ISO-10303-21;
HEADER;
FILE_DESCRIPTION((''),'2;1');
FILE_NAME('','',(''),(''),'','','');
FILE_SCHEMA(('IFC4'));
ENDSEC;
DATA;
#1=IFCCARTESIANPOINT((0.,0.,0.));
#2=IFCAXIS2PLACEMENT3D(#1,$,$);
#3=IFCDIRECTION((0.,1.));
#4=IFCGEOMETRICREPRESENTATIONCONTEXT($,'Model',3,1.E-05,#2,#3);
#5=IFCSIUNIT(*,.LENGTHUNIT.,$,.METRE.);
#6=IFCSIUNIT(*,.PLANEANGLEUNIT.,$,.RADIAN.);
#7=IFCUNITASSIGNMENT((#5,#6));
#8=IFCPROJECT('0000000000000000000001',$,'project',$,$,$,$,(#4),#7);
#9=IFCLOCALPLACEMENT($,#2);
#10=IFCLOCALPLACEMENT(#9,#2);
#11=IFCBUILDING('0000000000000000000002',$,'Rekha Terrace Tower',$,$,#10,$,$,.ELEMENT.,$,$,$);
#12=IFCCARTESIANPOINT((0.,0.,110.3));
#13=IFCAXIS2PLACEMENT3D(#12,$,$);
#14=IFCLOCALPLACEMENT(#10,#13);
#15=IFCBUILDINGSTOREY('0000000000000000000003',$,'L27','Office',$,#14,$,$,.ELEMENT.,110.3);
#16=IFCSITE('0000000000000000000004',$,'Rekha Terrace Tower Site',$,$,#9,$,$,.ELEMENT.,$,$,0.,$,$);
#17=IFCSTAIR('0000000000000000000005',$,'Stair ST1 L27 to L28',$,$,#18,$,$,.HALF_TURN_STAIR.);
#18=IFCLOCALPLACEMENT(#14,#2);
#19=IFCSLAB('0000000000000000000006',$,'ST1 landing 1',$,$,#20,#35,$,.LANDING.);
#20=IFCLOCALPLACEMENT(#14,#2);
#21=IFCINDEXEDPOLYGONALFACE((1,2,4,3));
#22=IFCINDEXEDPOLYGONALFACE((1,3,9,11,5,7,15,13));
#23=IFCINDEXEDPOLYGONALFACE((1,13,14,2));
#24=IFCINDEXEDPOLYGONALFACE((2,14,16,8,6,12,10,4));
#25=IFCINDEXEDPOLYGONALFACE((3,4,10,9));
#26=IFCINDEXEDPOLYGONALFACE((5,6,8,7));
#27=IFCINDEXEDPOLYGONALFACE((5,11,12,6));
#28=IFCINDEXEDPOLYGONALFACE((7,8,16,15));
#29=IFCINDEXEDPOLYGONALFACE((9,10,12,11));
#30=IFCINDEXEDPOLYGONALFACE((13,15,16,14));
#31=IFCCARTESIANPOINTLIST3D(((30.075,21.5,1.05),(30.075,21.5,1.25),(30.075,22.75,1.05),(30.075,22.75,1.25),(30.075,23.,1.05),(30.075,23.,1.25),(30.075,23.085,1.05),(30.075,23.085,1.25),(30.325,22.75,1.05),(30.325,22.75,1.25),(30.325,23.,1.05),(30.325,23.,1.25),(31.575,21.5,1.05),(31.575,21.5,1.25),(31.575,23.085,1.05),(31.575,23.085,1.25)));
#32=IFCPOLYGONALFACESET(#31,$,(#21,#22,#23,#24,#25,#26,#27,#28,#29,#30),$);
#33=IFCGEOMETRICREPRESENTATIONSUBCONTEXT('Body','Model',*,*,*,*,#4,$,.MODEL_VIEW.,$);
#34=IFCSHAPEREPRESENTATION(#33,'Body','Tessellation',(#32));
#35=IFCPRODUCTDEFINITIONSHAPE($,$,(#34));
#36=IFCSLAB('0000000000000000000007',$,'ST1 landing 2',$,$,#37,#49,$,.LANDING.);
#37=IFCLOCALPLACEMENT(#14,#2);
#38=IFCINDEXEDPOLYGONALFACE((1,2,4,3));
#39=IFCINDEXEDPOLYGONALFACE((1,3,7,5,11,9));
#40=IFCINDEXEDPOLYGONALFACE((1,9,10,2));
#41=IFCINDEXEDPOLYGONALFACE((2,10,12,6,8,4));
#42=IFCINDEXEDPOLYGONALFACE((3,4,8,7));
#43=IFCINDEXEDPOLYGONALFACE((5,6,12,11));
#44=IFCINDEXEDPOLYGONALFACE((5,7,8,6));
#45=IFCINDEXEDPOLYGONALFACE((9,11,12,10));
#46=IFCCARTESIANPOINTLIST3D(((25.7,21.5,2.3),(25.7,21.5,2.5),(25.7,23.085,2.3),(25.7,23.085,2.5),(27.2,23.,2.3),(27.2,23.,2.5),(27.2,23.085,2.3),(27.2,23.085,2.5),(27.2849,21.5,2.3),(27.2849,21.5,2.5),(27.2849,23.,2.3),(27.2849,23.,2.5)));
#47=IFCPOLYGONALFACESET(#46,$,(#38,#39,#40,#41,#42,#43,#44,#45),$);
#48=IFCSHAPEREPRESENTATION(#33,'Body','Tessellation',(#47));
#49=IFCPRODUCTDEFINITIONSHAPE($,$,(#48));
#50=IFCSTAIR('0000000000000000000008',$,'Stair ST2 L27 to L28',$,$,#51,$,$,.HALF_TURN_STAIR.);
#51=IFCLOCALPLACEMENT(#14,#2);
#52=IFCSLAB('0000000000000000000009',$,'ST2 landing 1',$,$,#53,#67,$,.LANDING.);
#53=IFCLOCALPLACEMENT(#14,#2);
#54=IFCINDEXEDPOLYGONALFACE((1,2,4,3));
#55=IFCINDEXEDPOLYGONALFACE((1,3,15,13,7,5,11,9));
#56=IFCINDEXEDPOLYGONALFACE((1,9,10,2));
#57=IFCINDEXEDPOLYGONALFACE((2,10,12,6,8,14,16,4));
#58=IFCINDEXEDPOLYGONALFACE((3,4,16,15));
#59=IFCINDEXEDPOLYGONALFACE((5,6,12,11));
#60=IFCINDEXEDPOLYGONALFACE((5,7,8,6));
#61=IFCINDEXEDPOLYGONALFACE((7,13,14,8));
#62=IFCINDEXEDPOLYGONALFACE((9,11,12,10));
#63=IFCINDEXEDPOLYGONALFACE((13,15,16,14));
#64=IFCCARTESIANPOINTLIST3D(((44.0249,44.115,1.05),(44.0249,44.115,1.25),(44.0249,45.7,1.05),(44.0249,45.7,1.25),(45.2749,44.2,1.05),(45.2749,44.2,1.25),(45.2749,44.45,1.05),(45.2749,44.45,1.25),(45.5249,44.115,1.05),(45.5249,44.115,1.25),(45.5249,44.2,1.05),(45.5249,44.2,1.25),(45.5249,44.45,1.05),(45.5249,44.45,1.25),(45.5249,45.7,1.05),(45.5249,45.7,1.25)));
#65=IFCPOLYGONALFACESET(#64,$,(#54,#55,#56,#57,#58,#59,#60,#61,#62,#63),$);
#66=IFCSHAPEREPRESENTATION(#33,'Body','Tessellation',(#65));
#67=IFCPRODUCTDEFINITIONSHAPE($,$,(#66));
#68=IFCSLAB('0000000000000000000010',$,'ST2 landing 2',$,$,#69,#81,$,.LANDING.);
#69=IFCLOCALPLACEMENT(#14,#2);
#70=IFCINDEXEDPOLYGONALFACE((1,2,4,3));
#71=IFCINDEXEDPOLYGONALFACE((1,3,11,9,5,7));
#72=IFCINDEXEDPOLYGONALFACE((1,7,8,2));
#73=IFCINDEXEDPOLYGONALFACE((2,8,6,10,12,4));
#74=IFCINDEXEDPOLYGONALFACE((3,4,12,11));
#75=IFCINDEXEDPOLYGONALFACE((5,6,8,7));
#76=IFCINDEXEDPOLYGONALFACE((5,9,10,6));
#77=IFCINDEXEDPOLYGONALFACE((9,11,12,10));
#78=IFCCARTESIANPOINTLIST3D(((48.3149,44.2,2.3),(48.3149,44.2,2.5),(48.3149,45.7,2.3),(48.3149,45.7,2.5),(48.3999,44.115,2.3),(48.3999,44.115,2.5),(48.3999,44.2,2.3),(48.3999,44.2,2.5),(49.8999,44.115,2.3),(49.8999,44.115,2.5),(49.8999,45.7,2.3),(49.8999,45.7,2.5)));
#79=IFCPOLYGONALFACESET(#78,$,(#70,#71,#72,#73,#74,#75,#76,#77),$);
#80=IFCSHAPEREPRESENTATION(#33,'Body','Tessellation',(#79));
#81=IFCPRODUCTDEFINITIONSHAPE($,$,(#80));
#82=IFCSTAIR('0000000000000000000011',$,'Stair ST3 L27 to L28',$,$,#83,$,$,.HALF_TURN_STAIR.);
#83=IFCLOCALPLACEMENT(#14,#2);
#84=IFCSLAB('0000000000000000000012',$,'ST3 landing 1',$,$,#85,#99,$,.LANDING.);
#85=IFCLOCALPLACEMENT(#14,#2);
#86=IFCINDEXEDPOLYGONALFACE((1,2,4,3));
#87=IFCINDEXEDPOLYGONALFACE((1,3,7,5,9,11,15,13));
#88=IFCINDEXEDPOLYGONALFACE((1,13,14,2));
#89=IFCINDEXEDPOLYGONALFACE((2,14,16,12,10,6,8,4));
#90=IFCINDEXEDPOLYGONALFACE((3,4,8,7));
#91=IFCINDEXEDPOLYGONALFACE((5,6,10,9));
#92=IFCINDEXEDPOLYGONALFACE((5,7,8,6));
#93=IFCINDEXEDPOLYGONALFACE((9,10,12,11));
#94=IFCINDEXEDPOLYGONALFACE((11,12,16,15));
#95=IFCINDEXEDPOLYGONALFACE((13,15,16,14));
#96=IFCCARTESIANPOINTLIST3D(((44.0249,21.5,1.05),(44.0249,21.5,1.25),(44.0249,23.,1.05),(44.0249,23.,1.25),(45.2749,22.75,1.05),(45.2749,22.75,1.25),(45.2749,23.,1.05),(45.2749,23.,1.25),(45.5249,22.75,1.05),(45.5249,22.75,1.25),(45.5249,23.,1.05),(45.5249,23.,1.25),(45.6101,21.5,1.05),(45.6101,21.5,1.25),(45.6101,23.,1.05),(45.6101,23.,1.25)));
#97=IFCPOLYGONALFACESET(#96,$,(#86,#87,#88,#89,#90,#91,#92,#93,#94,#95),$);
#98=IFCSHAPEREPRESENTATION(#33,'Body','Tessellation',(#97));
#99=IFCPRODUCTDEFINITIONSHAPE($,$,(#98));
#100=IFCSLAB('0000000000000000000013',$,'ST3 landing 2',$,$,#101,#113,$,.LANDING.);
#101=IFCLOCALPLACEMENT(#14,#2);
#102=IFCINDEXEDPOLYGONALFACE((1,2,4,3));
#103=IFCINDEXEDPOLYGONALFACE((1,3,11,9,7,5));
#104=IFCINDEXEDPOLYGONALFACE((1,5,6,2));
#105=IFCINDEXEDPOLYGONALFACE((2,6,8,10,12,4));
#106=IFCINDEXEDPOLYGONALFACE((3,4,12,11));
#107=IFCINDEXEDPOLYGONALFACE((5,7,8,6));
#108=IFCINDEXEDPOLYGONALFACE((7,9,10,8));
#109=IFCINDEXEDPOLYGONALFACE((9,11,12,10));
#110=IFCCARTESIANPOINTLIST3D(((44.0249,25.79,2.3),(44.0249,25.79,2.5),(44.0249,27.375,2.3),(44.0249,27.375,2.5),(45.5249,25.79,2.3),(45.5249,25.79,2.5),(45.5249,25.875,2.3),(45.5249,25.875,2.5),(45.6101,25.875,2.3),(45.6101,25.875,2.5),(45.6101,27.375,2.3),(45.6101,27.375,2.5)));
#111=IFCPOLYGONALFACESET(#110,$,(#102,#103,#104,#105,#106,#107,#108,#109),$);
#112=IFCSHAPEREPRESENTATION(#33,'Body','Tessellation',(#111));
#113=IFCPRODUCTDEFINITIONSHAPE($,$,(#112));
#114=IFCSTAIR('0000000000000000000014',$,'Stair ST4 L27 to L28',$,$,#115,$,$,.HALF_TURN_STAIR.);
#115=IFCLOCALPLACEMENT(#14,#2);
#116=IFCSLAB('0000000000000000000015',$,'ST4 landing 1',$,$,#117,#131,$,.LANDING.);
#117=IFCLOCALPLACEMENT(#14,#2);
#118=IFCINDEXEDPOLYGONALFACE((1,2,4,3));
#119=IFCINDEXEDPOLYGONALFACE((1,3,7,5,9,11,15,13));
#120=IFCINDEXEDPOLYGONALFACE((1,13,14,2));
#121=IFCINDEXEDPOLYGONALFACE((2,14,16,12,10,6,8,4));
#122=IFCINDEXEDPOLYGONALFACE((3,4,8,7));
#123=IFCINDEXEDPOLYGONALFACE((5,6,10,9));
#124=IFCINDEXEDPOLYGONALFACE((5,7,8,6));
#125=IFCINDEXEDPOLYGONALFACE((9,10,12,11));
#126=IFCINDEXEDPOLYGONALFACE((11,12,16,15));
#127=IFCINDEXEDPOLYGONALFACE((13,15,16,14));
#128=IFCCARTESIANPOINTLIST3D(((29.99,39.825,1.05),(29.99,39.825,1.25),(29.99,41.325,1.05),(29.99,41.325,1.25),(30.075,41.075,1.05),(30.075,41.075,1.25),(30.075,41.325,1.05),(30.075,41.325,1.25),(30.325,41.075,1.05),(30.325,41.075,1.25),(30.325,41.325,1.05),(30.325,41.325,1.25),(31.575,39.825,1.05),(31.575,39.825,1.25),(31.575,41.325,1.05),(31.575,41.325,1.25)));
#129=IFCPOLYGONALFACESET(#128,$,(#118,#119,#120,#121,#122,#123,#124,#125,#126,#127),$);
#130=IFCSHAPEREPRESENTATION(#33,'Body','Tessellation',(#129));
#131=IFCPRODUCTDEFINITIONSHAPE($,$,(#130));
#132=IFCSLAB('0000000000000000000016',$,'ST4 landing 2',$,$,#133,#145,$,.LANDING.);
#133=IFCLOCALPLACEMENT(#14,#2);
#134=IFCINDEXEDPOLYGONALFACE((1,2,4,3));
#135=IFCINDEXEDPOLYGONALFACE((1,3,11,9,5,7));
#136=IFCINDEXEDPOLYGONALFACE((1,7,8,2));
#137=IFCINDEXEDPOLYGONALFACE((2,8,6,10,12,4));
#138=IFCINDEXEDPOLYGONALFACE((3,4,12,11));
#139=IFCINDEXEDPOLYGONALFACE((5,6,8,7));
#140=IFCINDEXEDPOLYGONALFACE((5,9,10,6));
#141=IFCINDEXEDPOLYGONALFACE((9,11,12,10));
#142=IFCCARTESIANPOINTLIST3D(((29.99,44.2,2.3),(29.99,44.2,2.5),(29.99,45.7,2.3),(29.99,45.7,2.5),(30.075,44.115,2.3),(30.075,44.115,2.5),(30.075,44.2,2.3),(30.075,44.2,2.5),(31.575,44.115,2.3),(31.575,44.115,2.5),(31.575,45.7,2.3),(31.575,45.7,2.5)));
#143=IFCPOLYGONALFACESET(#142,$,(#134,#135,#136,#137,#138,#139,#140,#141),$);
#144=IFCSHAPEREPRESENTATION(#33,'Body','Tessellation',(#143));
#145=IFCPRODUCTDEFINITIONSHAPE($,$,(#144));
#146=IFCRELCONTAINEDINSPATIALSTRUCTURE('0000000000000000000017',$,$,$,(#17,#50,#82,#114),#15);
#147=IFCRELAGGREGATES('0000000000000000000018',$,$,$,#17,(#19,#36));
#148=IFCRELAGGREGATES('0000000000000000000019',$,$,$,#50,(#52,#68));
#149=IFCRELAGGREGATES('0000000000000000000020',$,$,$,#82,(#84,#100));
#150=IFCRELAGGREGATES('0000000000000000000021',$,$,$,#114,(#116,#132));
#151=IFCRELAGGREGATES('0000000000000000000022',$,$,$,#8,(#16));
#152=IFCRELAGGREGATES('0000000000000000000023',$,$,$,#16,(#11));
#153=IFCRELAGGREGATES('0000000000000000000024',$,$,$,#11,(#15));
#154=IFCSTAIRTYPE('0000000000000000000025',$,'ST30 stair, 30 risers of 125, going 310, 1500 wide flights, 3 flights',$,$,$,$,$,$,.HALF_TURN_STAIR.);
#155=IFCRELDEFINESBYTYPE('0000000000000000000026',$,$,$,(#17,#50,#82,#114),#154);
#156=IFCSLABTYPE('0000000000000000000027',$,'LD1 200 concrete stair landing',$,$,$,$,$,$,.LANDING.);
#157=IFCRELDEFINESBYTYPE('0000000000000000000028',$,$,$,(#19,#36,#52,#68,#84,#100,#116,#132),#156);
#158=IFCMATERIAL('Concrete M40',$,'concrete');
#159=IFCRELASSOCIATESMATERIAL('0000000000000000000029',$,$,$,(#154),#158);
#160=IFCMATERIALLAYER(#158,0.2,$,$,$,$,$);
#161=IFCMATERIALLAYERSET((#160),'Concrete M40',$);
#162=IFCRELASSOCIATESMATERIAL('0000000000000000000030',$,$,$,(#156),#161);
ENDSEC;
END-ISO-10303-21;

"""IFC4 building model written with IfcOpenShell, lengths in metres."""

from ifc_helpers import new_model, si_unit, direction, frame, origin, place, context, subcontext, project, spatial, polyline, outline, extrude, material, layer, layer_set, type_object, element, aggregate, save


model = new_model("IFC4")

# Units and contexts
model_context = context("Model", 3, precision=1e-05, world=origin(), true_north=direction((0.0, 1.0)))
body_context = subcontext(model_context, "Body", "Model", "MODEL_VIEW")
ifc_project = project(units=[si_unit("LENGTHUNIT", "METRE"), si_unit("PLANEANGLEUNIT", "RADIAN")], contexts=[model_context])

# Site, building, storey
site_placement = place(None, origin())
site = spatial("IfcSite", under=ifc_project, at=site_placement, Name="Rekha Terrace Tower Site", CompositionType="ELEMENT", RefElevation=0.0)
building_placement = place(site_placement, origin())
building = spatial("IfcBuilding", under=site, at=building_placement, Name="Rekha Terrace Tower", CompositionType="ELEMENT")
storey_placement = place(building_placement, frame((0.0, 0.0, 110.3)))
storey = spatial("IfcBuildingStorey", under=building, at=storey_placement, Name="L27", Description="Office", CompositionType="ELEMENT", Elevation=110.3)

# Stairs, slabs
ifc_material_1 = material(Name="Concrete M40", Category="concrete")
stair_type = type_object("IfcStairType", Name="ST30 stair, 30 risers of 125, going 310, 1500 wide flights, 3 flights", PredefinedType="HALF_TURN_STAIR", material=ifc_material_1)
stair_1_placement = place(storey_placement, origin())
stair_1 = element("IfcStair", 1, at=stair_1_placement, inside=storey, type_object=stair_type, Name="Stair ST1 L27 to L28", PredefinedType="HALF_TURN_STAIR")
ifc_layer_1 = layer(ifc_material_1, 0.2)
ifc_layer_set_1 = layer_set([ifc_layer_1], Name="Concrete M40")
slab_type_1 = type_object("IfcSlabType", Name="LD1 200 concrete stair landing", PredefinedType="LANDING", material=ifc_layer_set_1)
slab_1_placement = place(storey_placement, frame((0.0, 0.0, 1.05)))
slab_1 = element("IfcSlab", 2, at=slab_1_placement, type_object=slab_type_1, Name="ST1 landing 1", PredefinedType="LANDING", context=body_context, shape_type="SweptSolid", body=[
    extrude(outline(polyline([(30.075, 21.5), (31.575, 21.5), (31.575, 23.085), (30.075, 23.085), (30.075, 23.0), (30.325, 23.0), (30.325, 22.75), (30.075, 22.75), (30.075, 21.5)])), origin(), (0.0, 0.0, 1.0), 0.2),
])
slab_2_placement = place(storey_placement, frame((0.0, 0.0, 2.3)))
slab_2 = element("IfcSlab", 3, at=slab_2_placement, type_object=slab_type_1, Name="ST1 landing 2", PredefinedType="LANDING", context=body_context, shape_type="SweptSolid", body=[
    extrude(outline(polyline([(27.2, 23.085), (25.7, 23.085), (25.7, 21.5), (27.2849, 21.5), (27.2849, 23.0), (27.2, 23.0), (27.2, 23.085)])), origin(), (0.0, 0.0, 1.0), 0.2),
])
aggregate(stair_1, [slab_1, slab_2])
stair_2_placement = place(storey_placement, origin())
stair_2 = element("IfcStair", 4, at=stair_2_placement, inside=storey, type_object=stair_type, Name="Stair ST2 L27 to L28", PredefinedType="HALF_TURN_STAIR")
slab_3_placement = place(storey_placement, frame((0.0, 0.0, 1.05)))
slab_3 = element("IfcSlab", 5, at=slab_3_placement, type_object=slab_type_1, Name="ST2 landing 1", PredefinedType="LANDING", context=body_context, shape_type="SweptSolid", body=[
    extrude(outline(polyline([(45.5249, 45.7), (44.0249, 45.7), (44.0249, 44.115), (45.5249, 44.115), (45.5249, 44.2), (45.2749, 44.2), (45.2749, 44.45), (45.5249, 44.45), (45.5249, 45.7)])), origin(), (0.0, 0.0, 1.0), 0.2),
])
slab_4_placement = place(storey_placement, frame((0.0, 0.0, 2.3)))
slab_4 = element("IfcSlab", 6, at=slab_4_placement, type_object=slab_type_1, Name="ST2 landing 2", PredefinedType="LANDING", context=body_context, shape_type="SweptSolid", body=[
    extrude(outline(polyline([(48.3999, 44.115), (49.8999, 44.115), (49.8999, 45.7), (48.3149, 45.7), (48.3149, 44.2), (48.3999, 44.2), (48.3999, 44.115)])), origin(), (0.0, 0.0, 1.0), 0.2),
])
aggregate(stair_2, [slab_3, slab_4])
stair_3_placement = place(storey_placement, origin())
stair_3 = element("IfcStair", 7, at=stair_3_placement, inside=storey, type_object=stair_type, Name="Stair ST3 L27 to L28", PredefinedType="HALF_TURN_STAIR")
slab_5_placement = place(storey_placement, frame((0.0, 0.0, 1.05)))
slab_5 = element("IfcSlab", 8, at=slab_5_placement, type_object=slab_type_1, Name="ST3 landing 1", PredefinedType="LANDING", context=body_context, shape_type="SweptSolid", body=[
    extrude(outline(polyline([(44.0249, 23.0), (44.0249, 21.5), (45.6101, 21.5), (45.6101, 23.0), (45.5249, 23.0), (45.5249, 22.75), (45.2749, 22.75), (45.2749, 23.0), (44.0249, 23.0)])), origin(), (0.0, 0.0, 1.0), 0.2),
])
slab_6_placement = place(storey_placement, frame((0.0, 0.0, 2.3)))
slab_6 = element("IfcSlab", 9, at=slab_6_placement, type_object=slab_type_1, Name="ST3 landing 2", PredefinedType="LANDING", context=body_context, shape_type="SweptSolid", body=[
    extrude(outline(polyline([(45.6101, 25.875), (45.6101, 27.375), (44.0249, 27.375), (44.0249, 25.79), (45.5249, 25.79), (45.5249, 25.875), (45.6101, 25.875)])), origin(), (0.0, 0.0, 1.0), 0.2),
])
aggregate(stair_3, [slab_5, slab_6])
stair_4_placement = place(storey_placement, origin())
stair_4 = element("IfcStair", 10, at=stair_4_placement, inside=storey, type_object=stair_type, Name="Stair ST4 L27 to L28", PredefinedType="HALF_TURN_STAIR")
slab_7_placement = place(storey_placement, frame((0.0, 0.0, 1.05)))
slab_7 = element("IfcSlab", 11, at=slab_7_placement, type_object=slab_type_1, Name="ST4 landing 1", PredefinedType="LANDING", context=body_context, shape_type="SweptSolid", body=[
    extrude(outline(polyline([(31.575, 41.325), (31.575, 39.825), (29.99, 39.825), (29.99, 41.325), (30.075, 41.325), (30.075, 41.075), (30.325, 41.075), (30.325, 41.325), (31.575, 41.325)])), origin(), (0.0, 0.0, 1.0), 0.2),
])
slab_8_placement = place(storey_placement, frame((0.0, 0.0, 2.3)))
slab_8 = element("IfcSlab", 12, at=slab_8_placement, type_object=slab_type_1, Name="ST4 landing 2", PredefinedType="LANDING", context=body_context, shape_type="SweptSolid", body=[
    extrude(outline(polyline([(29.99, 44.2), (29.99, 45.7), (31.575, 45.7), (31.575, 44.115), (30.075, 44.115), (30.075, 44.2), (29.99, 44.2)])), origin(), (0.0, 0.0, 1.0), 0.2),
])
aggregate(stair_4, [slab_7, slab_8])

save(model, "model.ifc")
